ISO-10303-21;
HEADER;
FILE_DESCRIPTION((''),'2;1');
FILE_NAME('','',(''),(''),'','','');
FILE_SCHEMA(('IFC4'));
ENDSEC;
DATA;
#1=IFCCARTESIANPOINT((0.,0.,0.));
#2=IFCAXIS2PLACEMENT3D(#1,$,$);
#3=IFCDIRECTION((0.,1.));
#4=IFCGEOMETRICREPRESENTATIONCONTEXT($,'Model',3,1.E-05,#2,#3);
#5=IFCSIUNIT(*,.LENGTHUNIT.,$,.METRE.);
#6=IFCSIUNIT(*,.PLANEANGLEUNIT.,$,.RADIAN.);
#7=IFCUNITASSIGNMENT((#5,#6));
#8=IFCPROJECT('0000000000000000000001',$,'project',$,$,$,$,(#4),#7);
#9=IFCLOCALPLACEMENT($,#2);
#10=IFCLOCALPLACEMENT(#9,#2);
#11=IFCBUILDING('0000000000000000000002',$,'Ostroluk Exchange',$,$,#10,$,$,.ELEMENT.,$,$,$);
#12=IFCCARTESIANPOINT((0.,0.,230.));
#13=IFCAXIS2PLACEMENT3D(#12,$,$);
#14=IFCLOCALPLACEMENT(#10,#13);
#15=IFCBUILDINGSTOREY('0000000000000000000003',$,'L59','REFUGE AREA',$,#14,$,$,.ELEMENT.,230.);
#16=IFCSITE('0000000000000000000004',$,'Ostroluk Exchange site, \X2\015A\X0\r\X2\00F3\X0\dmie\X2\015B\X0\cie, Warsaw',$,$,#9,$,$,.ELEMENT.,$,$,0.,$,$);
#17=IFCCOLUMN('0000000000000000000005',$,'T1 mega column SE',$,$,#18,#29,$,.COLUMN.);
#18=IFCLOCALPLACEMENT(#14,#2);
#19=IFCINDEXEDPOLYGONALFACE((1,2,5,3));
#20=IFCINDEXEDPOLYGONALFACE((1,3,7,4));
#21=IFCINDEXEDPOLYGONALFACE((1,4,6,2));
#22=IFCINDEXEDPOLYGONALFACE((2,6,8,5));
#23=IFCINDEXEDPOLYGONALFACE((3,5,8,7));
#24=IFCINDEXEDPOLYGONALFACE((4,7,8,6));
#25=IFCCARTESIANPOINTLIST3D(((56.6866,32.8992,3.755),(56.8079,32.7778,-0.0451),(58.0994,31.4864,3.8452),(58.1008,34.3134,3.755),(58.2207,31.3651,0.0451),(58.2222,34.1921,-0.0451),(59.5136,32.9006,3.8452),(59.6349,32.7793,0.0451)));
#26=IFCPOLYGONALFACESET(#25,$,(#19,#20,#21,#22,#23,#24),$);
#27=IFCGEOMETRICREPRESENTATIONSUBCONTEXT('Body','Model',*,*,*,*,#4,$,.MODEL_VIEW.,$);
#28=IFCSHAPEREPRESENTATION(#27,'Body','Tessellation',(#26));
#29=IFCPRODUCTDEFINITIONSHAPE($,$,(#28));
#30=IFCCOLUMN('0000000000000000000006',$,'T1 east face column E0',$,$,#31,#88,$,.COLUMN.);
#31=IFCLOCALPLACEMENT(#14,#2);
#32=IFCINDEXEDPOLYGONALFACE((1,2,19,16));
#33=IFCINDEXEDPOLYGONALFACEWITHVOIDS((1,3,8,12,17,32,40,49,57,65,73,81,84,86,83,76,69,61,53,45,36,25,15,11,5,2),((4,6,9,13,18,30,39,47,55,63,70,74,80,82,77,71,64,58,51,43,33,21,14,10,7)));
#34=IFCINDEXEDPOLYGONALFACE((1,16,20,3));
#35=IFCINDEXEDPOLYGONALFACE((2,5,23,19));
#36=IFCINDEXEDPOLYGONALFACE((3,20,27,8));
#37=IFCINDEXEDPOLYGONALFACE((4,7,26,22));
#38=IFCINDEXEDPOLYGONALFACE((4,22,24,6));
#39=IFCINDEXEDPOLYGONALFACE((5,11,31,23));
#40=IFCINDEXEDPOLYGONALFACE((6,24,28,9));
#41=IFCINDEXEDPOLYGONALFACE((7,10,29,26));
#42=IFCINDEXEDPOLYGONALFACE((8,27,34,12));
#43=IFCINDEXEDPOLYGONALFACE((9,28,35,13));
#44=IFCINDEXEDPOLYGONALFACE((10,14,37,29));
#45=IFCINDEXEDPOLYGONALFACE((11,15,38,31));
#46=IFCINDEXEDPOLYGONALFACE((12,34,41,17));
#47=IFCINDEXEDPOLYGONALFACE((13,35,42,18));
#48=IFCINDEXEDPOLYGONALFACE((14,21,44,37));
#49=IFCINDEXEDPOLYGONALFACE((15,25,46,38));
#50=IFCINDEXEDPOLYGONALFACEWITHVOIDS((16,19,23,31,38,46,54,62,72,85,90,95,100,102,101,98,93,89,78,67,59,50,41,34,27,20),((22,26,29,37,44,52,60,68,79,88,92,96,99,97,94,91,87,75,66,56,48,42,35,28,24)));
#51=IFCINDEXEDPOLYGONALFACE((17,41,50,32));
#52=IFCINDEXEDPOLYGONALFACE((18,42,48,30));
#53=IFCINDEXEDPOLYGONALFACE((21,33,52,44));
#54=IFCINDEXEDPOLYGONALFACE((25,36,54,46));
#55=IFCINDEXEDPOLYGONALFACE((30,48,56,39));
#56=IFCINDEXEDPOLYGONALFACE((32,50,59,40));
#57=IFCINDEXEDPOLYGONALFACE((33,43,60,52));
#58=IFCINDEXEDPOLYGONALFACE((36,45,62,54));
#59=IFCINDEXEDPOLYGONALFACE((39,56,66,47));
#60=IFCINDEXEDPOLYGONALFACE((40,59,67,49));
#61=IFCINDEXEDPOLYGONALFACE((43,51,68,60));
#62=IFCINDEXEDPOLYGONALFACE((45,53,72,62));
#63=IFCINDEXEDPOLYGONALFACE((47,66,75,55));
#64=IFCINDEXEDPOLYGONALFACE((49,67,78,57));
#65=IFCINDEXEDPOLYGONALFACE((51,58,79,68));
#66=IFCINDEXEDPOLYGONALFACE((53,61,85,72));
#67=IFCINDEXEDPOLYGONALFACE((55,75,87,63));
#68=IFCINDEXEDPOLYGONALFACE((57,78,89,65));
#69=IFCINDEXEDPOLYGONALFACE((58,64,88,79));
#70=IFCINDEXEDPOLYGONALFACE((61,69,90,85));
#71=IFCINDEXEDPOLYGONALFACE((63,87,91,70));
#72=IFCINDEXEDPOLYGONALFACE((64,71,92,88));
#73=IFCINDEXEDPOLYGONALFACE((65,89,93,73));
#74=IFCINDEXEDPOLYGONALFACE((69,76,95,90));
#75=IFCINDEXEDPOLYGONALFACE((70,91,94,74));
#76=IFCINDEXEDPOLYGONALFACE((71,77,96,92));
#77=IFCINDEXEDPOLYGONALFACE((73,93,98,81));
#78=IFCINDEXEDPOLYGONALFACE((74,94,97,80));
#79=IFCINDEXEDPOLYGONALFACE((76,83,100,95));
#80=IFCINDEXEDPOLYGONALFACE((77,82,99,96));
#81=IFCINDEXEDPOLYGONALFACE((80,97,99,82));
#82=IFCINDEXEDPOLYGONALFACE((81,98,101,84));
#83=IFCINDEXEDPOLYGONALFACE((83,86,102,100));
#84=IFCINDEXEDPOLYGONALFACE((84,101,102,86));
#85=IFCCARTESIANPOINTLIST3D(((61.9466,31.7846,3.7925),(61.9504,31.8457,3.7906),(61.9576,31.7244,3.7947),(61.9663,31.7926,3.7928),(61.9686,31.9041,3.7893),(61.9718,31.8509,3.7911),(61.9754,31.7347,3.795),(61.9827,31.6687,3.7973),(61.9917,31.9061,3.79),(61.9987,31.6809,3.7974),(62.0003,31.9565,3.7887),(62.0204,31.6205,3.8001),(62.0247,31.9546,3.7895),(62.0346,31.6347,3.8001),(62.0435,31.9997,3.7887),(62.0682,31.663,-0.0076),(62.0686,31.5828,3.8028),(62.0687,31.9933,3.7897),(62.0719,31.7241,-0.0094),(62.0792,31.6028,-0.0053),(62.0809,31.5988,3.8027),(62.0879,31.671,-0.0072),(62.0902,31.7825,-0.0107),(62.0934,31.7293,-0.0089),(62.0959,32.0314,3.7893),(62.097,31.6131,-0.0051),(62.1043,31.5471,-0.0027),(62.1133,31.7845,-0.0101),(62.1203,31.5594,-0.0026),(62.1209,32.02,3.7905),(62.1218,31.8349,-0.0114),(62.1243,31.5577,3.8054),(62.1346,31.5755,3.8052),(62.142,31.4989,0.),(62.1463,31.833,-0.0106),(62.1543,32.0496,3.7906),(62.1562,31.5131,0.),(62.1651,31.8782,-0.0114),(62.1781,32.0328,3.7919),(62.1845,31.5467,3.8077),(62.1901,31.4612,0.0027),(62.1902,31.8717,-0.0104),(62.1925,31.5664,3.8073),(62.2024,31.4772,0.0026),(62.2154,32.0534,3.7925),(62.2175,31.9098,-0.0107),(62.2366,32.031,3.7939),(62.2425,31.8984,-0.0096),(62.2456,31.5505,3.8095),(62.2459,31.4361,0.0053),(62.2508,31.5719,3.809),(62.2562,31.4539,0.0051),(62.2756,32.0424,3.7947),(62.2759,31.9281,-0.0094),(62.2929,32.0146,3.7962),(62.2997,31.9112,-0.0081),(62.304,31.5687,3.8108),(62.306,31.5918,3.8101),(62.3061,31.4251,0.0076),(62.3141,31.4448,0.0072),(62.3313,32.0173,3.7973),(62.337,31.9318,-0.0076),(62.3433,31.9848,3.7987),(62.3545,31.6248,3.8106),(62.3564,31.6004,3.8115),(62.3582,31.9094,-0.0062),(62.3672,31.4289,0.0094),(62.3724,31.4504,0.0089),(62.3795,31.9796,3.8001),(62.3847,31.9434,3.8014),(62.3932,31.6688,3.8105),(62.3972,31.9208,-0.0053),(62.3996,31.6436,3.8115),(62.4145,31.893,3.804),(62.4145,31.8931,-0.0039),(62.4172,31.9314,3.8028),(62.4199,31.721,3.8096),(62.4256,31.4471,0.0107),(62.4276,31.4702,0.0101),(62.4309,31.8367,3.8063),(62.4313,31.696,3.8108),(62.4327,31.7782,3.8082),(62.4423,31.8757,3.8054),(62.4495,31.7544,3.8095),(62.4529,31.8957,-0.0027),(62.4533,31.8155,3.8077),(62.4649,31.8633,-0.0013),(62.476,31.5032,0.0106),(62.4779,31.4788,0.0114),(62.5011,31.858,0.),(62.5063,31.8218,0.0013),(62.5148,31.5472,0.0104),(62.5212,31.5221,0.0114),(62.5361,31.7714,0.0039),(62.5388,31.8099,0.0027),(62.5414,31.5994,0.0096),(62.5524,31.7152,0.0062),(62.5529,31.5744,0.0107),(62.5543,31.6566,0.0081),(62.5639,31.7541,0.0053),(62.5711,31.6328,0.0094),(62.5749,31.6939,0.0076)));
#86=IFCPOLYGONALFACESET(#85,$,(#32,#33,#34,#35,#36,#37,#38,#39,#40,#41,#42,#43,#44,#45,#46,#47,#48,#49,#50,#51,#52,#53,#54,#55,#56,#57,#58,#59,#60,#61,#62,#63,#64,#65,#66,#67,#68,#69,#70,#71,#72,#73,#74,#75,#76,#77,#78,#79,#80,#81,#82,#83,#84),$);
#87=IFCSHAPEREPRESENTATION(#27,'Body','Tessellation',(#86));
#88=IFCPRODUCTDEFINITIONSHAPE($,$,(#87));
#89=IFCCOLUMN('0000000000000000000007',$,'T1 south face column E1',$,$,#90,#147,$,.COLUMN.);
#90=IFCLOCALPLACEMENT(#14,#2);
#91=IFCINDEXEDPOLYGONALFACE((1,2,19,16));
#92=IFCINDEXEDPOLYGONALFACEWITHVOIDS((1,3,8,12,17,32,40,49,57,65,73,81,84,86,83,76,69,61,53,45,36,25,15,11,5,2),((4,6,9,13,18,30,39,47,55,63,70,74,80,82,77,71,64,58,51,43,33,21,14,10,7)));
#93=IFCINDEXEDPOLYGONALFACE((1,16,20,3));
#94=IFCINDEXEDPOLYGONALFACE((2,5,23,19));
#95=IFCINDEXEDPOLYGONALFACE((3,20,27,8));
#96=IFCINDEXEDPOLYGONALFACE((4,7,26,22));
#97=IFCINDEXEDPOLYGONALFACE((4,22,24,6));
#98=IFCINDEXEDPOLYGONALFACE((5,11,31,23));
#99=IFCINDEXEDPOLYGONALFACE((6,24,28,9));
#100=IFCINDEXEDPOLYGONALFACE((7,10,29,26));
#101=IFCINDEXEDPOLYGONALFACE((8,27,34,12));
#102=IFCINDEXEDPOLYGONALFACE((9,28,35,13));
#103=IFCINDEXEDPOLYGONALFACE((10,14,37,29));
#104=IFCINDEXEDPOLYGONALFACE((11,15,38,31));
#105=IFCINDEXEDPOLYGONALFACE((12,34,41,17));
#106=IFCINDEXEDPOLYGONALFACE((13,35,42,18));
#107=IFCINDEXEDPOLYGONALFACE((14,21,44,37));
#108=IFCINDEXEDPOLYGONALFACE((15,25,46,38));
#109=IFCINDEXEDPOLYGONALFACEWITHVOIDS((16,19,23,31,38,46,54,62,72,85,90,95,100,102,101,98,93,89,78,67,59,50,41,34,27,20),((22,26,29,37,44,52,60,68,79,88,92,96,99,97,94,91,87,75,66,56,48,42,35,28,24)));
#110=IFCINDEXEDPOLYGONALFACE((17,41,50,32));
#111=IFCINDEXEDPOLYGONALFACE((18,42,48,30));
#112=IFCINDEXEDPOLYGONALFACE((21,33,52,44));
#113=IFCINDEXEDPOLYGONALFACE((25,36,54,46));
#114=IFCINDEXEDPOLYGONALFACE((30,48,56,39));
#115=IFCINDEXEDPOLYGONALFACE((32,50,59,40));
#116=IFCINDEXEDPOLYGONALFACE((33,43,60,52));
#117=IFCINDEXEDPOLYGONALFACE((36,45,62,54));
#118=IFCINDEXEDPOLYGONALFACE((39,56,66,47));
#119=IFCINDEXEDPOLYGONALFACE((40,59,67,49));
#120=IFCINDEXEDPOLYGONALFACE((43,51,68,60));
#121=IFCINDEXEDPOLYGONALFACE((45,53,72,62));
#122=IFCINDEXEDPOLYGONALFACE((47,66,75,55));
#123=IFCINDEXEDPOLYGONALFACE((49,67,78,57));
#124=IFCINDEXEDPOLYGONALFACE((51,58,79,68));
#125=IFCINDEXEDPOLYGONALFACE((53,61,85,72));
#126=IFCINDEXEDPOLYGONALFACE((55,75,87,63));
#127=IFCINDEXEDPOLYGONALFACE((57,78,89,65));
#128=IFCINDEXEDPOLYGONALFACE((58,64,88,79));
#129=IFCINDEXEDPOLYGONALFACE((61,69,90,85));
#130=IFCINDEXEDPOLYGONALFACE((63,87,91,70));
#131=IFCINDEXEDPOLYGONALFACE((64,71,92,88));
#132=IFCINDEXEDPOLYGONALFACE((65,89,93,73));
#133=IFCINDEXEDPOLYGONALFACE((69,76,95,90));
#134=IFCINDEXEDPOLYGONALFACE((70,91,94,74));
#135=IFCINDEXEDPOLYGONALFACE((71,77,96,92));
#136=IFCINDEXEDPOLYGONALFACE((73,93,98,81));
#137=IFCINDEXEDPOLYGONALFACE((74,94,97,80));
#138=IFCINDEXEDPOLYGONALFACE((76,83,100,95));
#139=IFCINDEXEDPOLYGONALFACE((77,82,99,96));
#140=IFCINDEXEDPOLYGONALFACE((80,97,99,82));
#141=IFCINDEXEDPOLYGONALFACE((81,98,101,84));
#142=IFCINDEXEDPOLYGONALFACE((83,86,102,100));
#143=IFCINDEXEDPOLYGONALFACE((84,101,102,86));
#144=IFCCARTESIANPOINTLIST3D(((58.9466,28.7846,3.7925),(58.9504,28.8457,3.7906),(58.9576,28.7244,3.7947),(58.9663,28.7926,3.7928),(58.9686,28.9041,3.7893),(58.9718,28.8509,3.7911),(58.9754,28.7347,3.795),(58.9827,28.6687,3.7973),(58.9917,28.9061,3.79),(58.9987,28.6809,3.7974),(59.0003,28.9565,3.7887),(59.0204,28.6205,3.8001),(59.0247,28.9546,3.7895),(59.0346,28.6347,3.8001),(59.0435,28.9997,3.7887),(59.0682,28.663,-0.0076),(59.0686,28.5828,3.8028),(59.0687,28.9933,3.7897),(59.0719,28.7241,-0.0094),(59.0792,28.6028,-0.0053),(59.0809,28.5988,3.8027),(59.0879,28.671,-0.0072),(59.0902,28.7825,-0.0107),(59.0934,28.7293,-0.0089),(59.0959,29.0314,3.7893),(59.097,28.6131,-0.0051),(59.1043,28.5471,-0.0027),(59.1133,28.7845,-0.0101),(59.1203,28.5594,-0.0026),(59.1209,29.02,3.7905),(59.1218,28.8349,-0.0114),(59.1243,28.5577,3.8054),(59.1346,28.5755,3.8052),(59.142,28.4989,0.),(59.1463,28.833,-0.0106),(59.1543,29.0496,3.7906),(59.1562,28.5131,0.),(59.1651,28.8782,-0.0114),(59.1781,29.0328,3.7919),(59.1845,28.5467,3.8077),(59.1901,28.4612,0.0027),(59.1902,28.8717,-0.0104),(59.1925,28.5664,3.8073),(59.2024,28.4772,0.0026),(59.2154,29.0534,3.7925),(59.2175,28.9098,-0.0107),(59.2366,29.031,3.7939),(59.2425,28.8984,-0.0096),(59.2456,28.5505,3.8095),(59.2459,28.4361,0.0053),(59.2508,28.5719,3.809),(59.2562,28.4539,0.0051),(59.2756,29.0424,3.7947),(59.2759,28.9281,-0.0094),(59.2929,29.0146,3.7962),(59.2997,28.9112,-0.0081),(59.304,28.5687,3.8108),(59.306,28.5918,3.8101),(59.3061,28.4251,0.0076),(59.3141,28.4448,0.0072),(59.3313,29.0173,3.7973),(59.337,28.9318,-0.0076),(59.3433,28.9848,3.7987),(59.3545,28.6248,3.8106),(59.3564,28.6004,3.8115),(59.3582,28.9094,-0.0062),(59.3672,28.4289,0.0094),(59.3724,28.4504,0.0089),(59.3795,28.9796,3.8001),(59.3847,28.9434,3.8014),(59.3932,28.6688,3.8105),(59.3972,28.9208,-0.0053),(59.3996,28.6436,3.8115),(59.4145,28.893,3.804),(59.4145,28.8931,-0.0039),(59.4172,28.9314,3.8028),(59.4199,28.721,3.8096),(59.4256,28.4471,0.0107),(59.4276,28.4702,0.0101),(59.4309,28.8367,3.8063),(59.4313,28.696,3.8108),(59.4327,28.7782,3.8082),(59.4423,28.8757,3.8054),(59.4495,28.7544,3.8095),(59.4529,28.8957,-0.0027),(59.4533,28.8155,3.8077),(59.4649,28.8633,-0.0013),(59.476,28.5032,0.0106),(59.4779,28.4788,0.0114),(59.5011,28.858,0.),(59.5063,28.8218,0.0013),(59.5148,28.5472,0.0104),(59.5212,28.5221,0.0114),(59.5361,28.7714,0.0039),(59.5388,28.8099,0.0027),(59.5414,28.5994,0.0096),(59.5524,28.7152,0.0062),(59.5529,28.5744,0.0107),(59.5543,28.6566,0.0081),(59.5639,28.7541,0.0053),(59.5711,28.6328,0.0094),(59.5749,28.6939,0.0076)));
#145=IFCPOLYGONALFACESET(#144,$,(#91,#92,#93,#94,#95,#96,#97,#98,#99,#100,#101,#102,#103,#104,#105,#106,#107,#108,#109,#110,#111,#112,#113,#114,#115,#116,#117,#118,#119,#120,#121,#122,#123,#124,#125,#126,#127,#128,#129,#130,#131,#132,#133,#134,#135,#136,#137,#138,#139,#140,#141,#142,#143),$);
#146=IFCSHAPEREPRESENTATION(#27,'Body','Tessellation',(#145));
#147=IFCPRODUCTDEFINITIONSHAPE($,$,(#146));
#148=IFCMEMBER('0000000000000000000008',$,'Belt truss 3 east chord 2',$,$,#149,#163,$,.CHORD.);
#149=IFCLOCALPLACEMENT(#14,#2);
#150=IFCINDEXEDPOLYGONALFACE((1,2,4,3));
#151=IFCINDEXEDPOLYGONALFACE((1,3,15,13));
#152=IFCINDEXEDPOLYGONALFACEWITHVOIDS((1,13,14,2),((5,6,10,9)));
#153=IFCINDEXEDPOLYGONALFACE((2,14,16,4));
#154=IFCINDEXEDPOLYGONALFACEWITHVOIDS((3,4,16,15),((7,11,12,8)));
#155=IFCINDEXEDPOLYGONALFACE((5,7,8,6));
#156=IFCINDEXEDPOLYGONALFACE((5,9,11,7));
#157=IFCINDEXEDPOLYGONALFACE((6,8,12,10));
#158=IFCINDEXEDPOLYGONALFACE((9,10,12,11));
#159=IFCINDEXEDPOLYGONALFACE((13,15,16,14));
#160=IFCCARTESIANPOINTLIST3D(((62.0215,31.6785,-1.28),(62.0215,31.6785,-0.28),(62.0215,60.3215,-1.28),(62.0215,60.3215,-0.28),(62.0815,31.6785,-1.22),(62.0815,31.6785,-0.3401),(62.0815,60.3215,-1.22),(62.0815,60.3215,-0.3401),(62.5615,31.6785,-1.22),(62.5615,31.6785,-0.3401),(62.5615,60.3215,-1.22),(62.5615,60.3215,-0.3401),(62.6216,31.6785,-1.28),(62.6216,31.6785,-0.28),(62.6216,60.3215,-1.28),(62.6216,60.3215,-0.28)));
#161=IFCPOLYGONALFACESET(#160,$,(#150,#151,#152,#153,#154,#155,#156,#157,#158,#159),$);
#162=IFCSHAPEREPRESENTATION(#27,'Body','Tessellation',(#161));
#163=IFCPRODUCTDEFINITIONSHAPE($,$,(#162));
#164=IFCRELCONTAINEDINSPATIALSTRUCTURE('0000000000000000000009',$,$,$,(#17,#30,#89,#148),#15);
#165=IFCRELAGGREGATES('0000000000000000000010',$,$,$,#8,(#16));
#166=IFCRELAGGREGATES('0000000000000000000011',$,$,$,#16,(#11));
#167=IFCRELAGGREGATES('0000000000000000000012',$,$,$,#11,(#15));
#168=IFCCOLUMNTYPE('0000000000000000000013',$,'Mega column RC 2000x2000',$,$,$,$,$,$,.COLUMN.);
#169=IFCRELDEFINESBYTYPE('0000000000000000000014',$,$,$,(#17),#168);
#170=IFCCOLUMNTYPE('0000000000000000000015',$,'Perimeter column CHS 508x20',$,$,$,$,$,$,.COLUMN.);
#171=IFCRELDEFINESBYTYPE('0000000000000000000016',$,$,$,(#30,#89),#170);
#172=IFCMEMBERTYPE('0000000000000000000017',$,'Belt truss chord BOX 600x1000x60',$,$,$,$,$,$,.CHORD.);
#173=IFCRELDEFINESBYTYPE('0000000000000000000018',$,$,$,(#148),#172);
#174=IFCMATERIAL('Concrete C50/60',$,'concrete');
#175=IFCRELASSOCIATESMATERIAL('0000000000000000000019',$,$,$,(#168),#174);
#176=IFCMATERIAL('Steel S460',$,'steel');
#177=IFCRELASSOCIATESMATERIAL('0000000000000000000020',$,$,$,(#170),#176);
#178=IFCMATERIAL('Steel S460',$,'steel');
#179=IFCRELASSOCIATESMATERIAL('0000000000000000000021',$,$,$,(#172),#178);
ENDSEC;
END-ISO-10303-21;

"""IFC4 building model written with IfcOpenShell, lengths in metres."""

from ifc_helpers import new_model, si_unit, direction, frame, origin, origin_2d, place, context, subcontext, project, spatial, rectangle, hollow_rectangle, hollow_circle, extrude, material, material_profile, profile_set, type_object, element, save


model = new_model("IFC4")

# Units and contexts
model_context = context("Model", 3, precision=1e-05, world=origin(), true_north=direction((0.0, 1.0)))
body_context = subcontext(model_context, "Body", "Model", "MODEL_VIEW")
ifc_project = project(units=[si_unit("LENGTHUNIT", "METRE"), si_unit("PLANEANGLEUNIT", "RADIAN")], contexts=[model_context])

# Site, building, storey
site_placement = place(None, origin())
site = spatial("IfcSite", under=ifc_project, at=site_placement, Name="Ostroluk Exchange site, Śródmieście, Warsaw", CompositionType="ELEMENT", RefElevation=0.0)
building_placement = place(site_placement, origin())
building = spatial("IfcBuilding", under=site, at=building_placement, Name="Ostroluk Exchange", CompositionType="ELEMENT")
storey_placement = place(building_placement, frame((0.0, 0.0, 230.0)))
storey = spatial("IfcBuildingStorey", under=building, at=storey_placement, Name="L59", Description="REFUGE AREA", CompositionType="ELEMENT", Elevation=230.0)

# Columns
ifc_material_1 = material(Name="Concrete C50/60", Category="concrete")
ifc_material_profile_1 = material_profile(ifc_material_1, rectangle(XDim=2.0, YDim=2.0, at=origin_2d()), Name="RC 2000x2000")
ifc_profile_set_1 = profile_set([ifc_material_profile_1], Name="Concrete C50/60")
column_type_1 = type_object("IfcColumnType", Name="Mega column RC 2000x2000", PredefinedType="COLUMN", material=ifc_profile_set_1)
column_placement = place(storey_placement, frame((58.2214, 32.7786, 0.0), z_axis=(-0.031898, 0.031898, 0.998982), x_axis=(-0.707107, -0.707107, 0.0)))
element("IfcColumn", 1, at=column_placement, inside=storey, type_object=column_type_1, Name="T1 mega column SE", PredefinedType="COLUMN", context=body_context, shape_type="SweptSolid", body=[
    extrude(rectangle(XDim=2.0, YDim=2.0, at=origin_2d()), origin(), (0.0, 0.0, 1.0), 3.804),
])
ifc_material_2 = material(Name="Steel S460", Category="steel")
ifc_material_profile_2 = material_profile(ifc_material_2, hollow_circle(Radius=0.2539, WallThickness=0.02, at=origin_2d()), Name="CHS 508x20")
ifc_profile_set_2 = profile_set([ifc_material_profile_2], Name="Steel S460")
column_type_2 = type_object("IfcColumnType", Name="Perimeter column CHS 508x20", PredefinedType="COLUMN", material=ifc_profile_set_2)
for number, where, z_axis, x_axis, name in (
    (2, (62.3215, 31.6785, 0.0), (-0.031962, 0.031962, 0.998978), (-0.707107, -0.707107, 0.0), "T1 east face column E0"),
    (3, (59.3215, 28.6785, 0.0), (-0.031962, 0.031962, 0.998978), (-0.707107, -0.707107, 0.0), "T1 south face column E1"),
):
    element("IfcColumn", number, at=place(storey_placement, frame(where, z_axis=z_axis, x_axis=x_axis)), inside=storey, type_object=column_type_2, Name=name, PredefinedType="COLUMN", context=body_context, shape_type="SweptSolid", body=[
        extrude(hollow_circle(Radius=0.2539, WallThickness=0.02, at=origin_2d()), origin(), (0.0, 0.0, 1.0), 3.804),
    ])

# Member
ifc_material_3 = material(Name="Steel S460", Category="steel")
ifc_material_profile_3 = material_profile(ifc_material_3, hollow_rectangle(XDim=0.6001, YDim=1.0, WallThickness=0.0601, at=origin_2d()), Name="BOX 600x1000x60")
ifc_profile_set_3 = profile_set([ifc_material_profile_3], Name="Steel S460")
member_type_1 = type_object("IfcMemberType", Name="Belt truss chord BOX 600x1000x60", PredefinedType="CHORD", material=ifc_profile_set_3)
member_1_placement = place(storey_placement, frame((62.3215, 31.6785, -0.78), z_axis=(0.0, 1.0, 0.0), x_axis=(-1.0, 0.0, 0.0)))
element("IfcMember", 4, at=member_1_placement, inside=storey, type_object=member_type_1, Name="Belt truss 3 east chord 2", PredefinedType="CHORD", context=body_context, shape_type="SweptSolid", body=[
    extrude(hollow_rectangle(XDim=0.6001, YDim=1.0, WallThickness=0.0601, at=origin_2d()), origin(), (0.0, 0.0, 1.0), 28.6431),
])

save(model, "model.ifc")
